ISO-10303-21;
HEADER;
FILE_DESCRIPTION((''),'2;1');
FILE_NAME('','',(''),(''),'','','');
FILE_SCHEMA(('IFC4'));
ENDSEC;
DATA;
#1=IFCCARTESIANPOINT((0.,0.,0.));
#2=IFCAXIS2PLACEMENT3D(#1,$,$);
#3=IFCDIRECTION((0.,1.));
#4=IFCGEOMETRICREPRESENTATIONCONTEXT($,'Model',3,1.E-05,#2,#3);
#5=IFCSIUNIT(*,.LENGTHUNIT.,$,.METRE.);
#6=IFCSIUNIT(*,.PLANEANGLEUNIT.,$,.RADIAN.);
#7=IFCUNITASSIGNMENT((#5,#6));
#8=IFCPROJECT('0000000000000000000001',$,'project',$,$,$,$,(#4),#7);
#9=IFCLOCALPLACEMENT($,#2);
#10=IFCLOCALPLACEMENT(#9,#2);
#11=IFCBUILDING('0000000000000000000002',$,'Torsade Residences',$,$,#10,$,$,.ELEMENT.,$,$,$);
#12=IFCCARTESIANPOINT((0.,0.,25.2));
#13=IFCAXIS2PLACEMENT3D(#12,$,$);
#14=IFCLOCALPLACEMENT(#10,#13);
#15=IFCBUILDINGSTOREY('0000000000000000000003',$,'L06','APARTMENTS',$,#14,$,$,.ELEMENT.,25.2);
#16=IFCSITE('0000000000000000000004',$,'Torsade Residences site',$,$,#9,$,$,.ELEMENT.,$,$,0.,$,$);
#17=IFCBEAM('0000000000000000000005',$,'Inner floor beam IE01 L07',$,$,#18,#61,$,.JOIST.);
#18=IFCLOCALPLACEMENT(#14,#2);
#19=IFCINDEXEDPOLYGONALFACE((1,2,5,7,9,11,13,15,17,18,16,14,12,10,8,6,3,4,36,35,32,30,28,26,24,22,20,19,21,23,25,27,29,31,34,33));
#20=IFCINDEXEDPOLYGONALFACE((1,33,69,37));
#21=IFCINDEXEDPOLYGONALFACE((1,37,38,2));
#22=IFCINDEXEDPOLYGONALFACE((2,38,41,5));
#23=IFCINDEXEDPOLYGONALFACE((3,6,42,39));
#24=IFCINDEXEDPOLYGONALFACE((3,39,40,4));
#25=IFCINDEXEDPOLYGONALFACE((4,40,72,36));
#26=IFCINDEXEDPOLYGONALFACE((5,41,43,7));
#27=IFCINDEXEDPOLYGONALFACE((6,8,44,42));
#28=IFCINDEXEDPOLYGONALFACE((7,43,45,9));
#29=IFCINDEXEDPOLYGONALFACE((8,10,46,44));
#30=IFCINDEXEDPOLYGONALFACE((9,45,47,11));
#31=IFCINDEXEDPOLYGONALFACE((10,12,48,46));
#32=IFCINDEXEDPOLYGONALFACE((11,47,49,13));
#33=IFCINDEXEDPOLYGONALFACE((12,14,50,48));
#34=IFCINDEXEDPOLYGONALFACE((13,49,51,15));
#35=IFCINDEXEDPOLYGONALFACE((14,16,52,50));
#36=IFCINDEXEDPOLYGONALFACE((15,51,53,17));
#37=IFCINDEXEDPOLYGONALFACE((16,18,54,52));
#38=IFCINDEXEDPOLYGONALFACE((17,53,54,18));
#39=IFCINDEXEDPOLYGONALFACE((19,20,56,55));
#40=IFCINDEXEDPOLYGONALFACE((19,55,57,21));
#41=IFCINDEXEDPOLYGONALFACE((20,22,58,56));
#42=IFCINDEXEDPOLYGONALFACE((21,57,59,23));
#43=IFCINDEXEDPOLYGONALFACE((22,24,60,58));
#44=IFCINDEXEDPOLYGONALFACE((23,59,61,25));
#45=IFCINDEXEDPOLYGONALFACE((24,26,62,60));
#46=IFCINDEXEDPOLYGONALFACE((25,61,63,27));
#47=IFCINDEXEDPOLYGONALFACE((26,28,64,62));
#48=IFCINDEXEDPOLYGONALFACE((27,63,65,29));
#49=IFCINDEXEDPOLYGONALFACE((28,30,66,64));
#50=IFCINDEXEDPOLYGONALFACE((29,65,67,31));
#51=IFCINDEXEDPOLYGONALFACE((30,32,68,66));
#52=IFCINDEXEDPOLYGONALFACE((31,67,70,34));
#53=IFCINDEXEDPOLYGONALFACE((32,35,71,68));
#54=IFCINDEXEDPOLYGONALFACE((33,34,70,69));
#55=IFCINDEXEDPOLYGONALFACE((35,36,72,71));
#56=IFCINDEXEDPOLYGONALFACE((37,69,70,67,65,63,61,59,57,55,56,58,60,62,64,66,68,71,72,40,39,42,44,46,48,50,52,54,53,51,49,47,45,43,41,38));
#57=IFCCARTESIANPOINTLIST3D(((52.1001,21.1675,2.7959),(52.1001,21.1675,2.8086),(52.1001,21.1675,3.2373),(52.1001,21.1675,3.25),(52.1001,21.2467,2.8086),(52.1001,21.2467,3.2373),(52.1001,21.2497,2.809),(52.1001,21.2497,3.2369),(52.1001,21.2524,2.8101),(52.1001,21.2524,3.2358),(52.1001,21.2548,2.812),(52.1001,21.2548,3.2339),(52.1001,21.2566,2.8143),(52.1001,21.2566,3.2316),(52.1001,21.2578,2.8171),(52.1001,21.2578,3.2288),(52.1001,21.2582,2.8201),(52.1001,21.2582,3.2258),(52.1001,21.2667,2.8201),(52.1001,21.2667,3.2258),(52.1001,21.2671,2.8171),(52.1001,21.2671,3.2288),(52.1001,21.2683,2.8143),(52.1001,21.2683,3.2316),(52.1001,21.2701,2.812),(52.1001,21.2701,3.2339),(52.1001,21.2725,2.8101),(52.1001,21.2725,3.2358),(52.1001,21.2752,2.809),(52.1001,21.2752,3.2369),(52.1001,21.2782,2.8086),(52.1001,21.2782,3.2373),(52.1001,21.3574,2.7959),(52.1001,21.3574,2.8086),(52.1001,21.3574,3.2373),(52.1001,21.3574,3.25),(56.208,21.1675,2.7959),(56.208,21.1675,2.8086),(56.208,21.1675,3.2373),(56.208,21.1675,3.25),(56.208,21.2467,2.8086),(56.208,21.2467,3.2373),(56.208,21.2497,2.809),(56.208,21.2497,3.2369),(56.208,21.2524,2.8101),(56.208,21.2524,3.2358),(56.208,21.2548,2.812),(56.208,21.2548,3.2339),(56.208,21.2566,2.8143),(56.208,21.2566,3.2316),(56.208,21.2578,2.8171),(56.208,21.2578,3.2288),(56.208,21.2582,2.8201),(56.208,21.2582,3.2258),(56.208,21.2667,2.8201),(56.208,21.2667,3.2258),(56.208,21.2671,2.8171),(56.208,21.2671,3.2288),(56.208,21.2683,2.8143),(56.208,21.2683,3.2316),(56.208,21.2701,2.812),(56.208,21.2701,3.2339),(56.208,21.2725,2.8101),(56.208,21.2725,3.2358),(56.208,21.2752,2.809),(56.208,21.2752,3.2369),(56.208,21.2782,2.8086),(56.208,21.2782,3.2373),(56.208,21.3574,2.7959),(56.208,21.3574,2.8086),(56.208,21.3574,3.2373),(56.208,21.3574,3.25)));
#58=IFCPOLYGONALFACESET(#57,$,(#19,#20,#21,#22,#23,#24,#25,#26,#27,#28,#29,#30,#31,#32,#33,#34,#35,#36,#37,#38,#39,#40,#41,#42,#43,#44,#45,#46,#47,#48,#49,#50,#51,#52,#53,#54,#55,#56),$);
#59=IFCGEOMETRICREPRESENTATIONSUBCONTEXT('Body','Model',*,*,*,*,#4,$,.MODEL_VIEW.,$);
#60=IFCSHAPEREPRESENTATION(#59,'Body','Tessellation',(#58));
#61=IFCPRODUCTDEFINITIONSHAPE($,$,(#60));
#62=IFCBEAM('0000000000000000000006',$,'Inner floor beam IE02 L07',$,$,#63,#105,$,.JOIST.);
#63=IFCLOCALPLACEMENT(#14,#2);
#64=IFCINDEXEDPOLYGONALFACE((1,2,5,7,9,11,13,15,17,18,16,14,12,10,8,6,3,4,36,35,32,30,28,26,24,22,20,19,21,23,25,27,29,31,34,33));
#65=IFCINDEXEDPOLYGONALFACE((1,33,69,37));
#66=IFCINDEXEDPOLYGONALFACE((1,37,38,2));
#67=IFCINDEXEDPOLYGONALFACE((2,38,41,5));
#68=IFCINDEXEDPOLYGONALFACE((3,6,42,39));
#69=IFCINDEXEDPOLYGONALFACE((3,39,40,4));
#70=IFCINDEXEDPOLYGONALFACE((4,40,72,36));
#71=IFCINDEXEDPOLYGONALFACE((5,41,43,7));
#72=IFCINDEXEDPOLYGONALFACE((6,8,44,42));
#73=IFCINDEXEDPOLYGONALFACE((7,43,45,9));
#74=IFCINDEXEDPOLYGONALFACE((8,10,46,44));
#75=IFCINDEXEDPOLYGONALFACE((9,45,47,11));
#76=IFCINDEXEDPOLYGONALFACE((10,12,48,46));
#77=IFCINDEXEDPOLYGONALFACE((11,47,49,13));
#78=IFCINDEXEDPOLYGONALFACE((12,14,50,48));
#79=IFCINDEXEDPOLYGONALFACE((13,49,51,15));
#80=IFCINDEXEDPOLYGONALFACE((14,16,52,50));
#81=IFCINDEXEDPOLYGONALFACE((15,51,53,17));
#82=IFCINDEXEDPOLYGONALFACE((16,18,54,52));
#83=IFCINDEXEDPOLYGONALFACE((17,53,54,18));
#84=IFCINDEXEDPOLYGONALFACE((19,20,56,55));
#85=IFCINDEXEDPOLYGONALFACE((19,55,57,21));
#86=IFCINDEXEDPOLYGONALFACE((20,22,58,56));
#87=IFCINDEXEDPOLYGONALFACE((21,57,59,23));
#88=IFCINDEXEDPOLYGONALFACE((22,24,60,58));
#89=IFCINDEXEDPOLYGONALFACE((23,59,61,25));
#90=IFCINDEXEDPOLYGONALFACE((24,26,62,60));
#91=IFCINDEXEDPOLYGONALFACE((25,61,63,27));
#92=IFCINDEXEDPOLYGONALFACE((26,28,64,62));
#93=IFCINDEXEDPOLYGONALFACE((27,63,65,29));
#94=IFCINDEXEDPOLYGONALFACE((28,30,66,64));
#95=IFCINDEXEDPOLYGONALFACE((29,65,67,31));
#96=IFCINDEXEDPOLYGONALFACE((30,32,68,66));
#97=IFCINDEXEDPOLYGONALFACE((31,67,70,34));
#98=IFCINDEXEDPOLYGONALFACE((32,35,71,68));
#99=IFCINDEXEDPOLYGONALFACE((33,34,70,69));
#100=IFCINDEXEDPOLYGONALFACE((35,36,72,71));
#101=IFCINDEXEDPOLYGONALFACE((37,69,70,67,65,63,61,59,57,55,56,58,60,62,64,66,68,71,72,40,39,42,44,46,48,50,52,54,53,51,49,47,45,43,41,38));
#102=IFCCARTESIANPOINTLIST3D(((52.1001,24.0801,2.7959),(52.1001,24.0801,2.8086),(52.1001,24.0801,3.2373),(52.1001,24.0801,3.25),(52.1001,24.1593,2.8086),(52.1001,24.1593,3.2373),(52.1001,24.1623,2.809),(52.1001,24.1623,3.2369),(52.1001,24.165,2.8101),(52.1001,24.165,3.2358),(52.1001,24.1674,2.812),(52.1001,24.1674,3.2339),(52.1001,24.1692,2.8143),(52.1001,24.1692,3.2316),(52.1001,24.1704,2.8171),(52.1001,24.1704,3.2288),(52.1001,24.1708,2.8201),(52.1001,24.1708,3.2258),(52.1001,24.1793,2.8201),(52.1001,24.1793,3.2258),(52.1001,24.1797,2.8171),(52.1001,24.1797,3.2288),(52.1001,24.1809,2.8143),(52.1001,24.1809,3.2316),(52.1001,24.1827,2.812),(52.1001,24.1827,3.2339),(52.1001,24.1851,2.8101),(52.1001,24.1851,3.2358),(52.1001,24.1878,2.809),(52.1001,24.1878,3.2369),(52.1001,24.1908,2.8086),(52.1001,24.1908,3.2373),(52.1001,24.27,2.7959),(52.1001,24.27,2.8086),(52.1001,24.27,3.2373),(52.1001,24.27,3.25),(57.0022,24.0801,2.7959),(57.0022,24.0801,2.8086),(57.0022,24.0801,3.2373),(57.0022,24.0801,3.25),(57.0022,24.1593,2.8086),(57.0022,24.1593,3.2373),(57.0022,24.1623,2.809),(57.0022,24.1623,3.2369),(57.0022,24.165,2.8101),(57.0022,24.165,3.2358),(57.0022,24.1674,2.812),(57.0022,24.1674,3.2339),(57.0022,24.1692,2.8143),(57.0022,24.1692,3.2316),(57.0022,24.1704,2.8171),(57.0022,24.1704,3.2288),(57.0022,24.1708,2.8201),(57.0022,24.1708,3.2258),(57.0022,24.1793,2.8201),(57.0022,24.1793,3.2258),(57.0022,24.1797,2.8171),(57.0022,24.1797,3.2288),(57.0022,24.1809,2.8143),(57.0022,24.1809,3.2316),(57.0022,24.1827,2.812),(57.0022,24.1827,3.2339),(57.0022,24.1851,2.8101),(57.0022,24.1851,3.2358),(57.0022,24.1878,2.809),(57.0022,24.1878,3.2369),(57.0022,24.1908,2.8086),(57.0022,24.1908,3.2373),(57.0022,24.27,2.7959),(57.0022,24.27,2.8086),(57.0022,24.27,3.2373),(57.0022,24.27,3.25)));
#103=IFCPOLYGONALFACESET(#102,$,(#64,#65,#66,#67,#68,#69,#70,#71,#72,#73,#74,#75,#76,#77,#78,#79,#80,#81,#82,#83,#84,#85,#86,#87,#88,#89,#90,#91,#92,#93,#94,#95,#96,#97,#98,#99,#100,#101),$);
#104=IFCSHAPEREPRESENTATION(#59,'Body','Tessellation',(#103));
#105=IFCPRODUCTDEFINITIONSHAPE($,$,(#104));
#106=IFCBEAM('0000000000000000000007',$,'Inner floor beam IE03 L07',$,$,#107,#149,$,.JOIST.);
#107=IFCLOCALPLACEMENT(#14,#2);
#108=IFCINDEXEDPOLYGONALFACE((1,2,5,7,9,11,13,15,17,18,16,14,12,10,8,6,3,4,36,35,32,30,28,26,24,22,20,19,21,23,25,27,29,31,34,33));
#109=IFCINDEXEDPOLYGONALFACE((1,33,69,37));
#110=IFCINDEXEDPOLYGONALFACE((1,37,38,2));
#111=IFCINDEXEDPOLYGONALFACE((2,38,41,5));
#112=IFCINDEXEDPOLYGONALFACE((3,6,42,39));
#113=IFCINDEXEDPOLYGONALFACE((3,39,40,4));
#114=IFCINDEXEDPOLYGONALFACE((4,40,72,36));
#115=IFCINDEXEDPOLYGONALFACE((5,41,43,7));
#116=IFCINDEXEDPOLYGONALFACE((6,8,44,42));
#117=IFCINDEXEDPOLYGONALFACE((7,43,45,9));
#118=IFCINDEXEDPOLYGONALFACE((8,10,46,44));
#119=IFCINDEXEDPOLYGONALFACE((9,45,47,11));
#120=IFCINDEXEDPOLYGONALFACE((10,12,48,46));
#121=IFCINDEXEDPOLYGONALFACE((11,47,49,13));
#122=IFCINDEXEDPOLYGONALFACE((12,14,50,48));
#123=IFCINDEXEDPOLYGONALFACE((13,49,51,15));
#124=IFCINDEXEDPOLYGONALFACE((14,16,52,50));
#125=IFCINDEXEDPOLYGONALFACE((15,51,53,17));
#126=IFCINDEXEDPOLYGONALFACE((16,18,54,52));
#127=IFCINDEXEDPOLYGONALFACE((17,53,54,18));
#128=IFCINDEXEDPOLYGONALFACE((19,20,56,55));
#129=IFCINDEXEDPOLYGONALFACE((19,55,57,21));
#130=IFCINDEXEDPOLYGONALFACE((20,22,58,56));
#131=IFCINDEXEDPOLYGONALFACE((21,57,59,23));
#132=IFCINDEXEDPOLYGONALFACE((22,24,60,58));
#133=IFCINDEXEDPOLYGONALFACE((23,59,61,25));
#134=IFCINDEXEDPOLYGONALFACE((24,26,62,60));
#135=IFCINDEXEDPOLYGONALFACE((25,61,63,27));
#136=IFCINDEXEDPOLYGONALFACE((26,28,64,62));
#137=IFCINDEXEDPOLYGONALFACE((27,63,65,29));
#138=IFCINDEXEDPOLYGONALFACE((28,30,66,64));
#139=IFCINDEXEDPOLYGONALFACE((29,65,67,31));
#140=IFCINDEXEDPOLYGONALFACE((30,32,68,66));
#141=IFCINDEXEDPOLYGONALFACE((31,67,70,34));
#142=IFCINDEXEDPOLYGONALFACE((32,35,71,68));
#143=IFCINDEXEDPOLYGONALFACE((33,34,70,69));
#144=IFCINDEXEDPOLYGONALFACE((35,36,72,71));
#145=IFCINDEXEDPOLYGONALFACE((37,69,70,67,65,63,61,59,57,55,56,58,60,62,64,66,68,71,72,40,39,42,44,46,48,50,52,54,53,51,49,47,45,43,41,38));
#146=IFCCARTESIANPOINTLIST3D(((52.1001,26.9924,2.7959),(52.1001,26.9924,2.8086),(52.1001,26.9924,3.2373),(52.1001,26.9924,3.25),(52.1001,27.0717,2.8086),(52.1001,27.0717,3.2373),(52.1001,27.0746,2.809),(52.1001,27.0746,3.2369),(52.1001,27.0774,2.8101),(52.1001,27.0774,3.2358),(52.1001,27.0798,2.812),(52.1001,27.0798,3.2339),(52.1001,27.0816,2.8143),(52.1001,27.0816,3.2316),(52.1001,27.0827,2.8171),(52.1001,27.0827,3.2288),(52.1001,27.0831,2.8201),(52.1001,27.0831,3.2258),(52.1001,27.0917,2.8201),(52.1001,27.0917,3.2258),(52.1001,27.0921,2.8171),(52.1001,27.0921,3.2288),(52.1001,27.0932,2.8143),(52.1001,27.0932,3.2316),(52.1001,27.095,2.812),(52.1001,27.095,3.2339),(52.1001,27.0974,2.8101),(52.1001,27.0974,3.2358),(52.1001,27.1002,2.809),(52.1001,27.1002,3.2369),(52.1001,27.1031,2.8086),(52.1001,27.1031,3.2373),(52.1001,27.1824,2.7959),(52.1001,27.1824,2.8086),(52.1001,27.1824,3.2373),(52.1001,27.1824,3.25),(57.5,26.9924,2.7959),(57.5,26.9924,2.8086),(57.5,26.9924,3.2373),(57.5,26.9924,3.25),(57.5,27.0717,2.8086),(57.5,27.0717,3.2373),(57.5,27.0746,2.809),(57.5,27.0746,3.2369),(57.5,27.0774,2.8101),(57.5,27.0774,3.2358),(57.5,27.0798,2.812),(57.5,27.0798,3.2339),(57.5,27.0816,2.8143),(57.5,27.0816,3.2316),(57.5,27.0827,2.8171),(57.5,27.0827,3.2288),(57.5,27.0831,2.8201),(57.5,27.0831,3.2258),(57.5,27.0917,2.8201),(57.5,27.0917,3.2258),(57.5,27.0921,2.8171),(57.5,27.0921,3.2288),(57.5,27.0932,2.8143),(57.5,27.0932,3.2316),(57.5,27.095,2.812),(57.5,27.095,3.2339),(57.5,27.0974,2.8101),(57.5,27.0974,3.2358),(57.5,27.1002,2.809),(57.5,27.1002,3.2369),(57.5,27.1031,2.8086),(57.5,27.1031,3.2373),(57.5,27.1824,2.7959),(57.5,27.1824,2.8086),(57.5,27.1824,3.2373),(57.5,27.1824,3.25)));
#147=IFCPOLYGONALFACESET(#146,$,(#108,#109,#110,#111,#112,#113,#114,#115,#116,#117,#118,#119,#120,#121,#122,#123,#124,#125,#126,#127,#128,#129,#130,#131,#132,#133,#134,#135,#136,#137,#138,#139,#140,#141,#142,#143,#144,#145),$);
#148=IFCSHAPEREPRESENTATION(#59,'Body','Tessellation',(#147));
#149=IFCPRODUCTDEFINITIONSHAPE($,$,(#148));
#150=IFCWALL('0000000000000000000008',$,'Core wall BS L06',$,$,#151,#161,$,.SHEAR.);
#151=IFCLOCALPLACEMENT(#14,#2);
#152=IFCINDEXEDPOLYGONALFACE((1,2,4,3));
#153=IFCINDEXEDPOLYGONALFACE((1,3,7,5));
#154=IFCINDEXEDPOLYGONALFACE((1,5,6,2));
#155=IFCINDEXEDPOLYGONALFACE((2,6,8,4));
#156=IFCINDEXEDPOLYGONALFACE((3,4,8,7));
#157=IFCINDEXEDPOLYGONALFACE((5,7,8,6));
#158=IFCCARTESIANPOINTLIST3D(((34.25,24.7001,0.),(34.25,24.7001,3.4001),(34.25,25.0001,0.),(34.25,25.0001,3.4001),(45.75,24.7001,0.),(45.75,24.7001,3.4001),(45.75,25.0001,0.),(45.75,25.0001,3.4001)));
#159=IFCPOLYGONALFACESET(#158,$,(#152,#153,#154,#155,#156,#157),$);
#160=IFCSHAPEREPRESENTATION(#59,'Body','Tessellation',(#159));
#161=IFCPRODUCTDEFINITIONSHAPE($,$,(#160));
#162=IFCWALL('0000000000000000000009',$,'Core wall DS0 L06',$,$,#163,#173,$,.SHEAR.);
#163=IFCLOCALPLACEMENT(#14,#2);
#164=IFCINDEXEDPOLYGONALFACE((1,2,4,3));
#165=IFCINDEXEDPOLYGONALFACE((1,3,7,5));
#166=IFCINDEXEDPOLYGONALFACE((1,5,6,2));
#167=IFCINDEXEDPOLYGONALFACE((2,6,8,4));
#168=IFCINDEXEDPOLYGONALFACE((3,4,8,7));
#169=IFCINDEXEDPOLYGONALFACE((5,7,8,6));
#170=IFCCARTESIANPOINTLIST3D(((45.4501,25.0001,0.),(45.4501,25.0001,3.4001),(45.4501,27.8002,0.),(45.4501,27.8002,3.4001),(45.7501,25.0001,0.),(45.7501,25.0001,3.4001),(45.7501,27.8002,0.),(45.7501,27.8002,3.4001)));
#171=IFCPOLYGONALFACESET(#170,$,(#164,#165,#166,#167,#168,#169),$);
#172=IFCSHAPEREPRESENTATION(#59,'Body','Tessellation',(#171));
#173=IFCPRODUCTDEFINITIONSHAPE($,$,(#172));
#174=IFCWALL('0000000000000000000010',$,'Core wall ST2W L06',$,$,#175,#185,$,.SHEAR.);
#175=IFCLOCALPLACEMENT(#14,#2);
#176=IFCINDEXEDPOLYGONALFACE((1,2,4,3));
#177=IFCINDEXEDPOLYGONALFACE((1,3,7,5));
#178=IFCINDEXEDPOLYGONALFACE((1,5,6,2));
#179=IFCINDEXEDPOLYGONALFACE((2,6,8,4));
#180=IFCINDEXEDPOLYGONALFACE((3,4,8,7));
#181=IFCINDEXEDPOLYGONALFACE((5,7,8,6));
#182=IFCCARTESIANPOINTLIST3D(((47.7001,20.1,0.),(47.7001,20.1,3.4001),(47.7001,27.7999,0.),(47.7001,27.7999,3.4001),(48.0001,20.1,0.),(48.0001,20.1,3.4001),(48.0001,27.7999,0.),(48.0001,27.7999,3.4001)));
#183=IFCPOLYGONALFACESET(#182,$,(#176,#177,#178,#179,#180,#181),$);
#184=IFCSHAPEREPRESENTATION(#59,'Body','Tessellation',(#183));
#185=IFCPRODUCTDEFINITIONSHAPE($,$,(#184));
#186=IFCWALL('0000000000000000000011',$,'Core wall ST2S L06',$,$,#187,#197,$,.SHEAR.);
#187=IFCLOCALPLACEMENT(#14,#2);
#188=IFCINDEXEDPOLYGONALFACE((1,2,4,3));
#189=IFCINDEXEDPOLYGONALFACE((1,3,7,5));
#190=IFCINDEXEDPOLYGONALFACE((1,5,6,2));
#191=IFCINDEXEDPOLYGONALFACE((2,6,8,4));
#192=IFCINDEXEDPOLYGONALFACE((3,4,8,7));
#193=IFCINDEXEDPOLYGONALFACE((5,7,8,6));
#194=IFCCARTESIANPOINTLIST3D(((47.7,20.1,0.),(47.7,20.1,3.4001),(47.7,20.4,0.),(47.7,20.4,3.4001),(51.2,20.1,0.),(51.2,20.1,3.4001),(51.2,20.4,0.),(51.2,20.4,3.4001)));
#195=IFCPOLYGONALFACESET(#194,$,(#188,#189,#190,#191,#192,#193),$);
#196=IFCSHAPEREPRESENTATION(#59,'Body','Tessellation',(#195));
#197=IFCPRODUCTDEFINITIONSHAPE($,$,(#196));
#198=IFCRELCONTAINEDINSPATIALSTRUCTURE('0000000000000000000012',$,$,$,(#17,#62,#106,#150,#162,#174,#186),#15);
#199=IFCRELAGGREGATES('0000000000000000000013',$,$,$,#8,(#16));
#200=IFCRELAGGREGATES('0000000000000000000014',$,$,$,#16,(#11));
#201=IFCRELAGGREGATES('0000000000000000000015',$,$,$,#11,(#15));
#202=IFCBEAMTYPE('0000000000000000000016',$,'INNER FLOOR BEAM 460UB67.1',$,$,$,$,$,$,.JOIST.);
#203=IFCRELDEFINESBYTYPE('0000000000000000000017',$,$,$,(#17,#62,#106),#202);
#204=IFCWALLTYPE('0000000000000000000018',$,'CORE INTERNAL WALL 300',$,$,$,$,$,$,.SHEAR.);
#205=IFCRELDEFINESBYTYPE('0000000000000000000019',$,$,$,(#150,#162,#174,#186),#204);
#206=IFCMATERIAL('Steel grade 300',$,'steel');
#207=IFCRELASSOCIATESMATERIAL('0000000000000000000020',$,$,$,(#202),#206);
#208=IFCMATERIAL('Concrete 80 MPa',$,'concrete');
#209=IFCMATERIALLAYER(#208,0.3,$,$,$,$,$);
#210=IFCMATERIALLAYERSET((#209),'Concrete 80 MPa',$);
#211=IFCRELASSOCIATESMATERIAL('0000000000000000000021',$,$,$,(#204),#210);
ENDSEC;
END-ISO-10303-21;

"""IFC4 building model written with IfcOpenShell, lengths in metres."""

from ifc_helpers import new_model, si_unit, direction, frame, frame_2d, origin, origin_2d, place, context, subcontext, project, spatial, rectangle, i_section, extrude, material, layer, layer_set, material_profile, profile_set, type_object, element, save


model = new_model("IFC4")

# Units and contexts
model_context = context("Model", 3, precision=1e-05, world=origin(), true_north=direction((0.0, 1.0)))
body_context = subcontext(model_context, "Body", "Model", "MODEL_VIEW")
ifc_project = project(units=[si_unit("LENGTHUNIT", "METRE"), si_unit("PLANEANGLEUNIT", "RADIAN")], contexts=[model_context])

# Site, building, storey
site_placement = place(None, origin())
site = spatial("IfcSite", under=ifc_project, at=site_placement, Name="Torsade Residences site", CompositionType="ELEMENT", RefElevation=0.0)
building_placement = place(site_placement, origin())
building = spatial("IfcBuilding", under=site, at=building_placement, Name="Torsade Residences", CompositionType="ELEMENT")
storey_placement = place(building_placement, frame((0.0, 0.0, 25.2)))
storey = spatial("IfcBuildingStorey", under=building, at=storey_placement, Name="L06", Description="APARTMENTS", CompositionType="ELEMENT", Elevation=25.2)

# Beams
ifc_material_1 = material(Name="Steel grade 300", Category="steel")
ifc_material_profile = material_profile(ifc_material_1, i_section(OverallWidth=0.1899, OverallDepth=0.4541, WebThickness=0.0085, FlangeThickness=0.0127, FilletRadius=0.0115, at=origin_2d()), Name="460UB67.1")
ifc_profile_set = profile_set([ifc_material_profile], Name="Steel grade 300")
beam_type = type_object("IfcBeamType", Name="INNER FLOOR BEAM 460UB67.1", PredefinedType="JOIST", material=ifc_profile_set)
beam_1_placement = place(storey_placement, frame((52.1001, 21.2625, 3.0229), z_axis=(1.0, 0.0, 0.0), x_axis=(0.0, 1.0, 0.0)))
element("IfcBeam", 1, at=beam_1_placement, inside=storey, type_object=beam_type, Name="Inner floor beam IE01 L07", PredefinedType="JOIST", context=body_context, shape_type="SweptSolid", body=[
    extrude(i_section(OverallWidth=0.1899, OverallDepth=0.4541, WebThickness=0.0085, FlangeThickness=0.0127, FilletRadius=0.0115, at=origin_2d()), origin(), (0.0, 0.0, 1.0), 4.1079),
])
beam_2_placement = place(storey_placement, frame((52.1001, 24.175, 3.0229), z_axis=(1.0, 0.0, 0.0), x_axis=(0.0, 1.0, 0.0)))
element("IfcBeam", 2, at=beam_2_placement, inside=storey, type_object=beam_type, Name="Inner floor beam IE02 L07", PredefinedType="JOIST", context=body_context, shape_type="SweptSolid", body=[
    extrude(i_section(OverallWidth=0.1899, OverallDepth=0.4541, WebThickness=0.0085, FlangeThickness=0.0127, FilletRadius=0.0115, at=origin_2d()), origin(), (0.0, 0.0, 1.0), 4.9021),
])
beam_3_placement = place(storey_placement, frame((52.1001, 27.0874, 3.0229), z_axis=(1.0, 0.0, 0.0), x_axis=(0.0, 1.0, 0.0)))
element("IfcBeam", 3, at=beam_3_placement, inside=storey, type_object=beam_type, Name="Inner floor beam IE03 L07", PredefinedType="JOIST", context=body_context, shape_type="SweptSolid", body=[
    extrude(i_section(OverallWidth=0.1899, OverallDepth=0.4541, WebThickness=0.0085, FlangeThickness=0.0127, FilletRadius=0.0115, at=origin_2d()), origin(), (0.0, 0.0, 1.0), 5.3999),
])

# Walls
ifc_material_2 = material(Name="Concrete 80 MPa", Category="concrete")
ifc_layer_1 = layer(ifc_material_2, 0.3)
ifc_layer_set_1 = layer_set([ifc_layer_1], Name="Concrete 80 MPa")
wall_type_1 = type_object("IfcWallType", Name="CORE INTERNAL WALL 300", PredefinedType="SHEAR", material=ifc_layer_set_1)
wall_1_placement = place(storey_placement, frame((45.75, 24.8501, 0.0), z_axis=(0.0, 0.0, 1.0), x_axis=(-1.0, 0.0, 0.0)))
element("IfcWall", 4, at=wall_1_placement, inside=storey, type_object=wall_type_1, Name="Core wall BS L06", PredefinedType="SHEAR", context=body_context, shape_type="SweptSolid", body=[
    extrude(rectangle(XDim=11.5, YDim=0.3, at=frame_2d((5.75, 0.0))), origin(), (0.0, 0.0, 1.0), 3.4001),
])
wall_2_placement = place(storey_placement, frame((45.6001, 27.8, 0.0), z_axis=(0.0, 0.0, 1.0), x_axis=(0.0, -1.0, 0.0)))
element("IfcWall", 5, at=wall_2_placement, inside=storey, type_object=wall_type_1, Name="Core wall DS0 L06", PredefinedType="SHEAR", context=body_context, shape_type="SweptSolid", body=[
    extrude(rectangle(XDim=2.8, YDim=0.3, at=frame_2d((1.3999, 0.0))), origin(), (0.0, 0.0, 1.0), 3.4001),
])
wall_3_placement = place(storey_placement, frame((47.8501, 27.8, 0.0), z_axis=(0.0, 0.0, 1.0), x_axis=(0.0, -1.0, 0.0)))
element("IfcWall", 6, at=wall_3_placement, inside=storey, type_object=wall_type_1, Name="Core wall ST2W L06", PredefinedType="SHEAR", context=body_context, shape_type="SweptSolid", body=[
    extrude(rectangle(XDim=7.7, YDim=0.3, at=frame_2d((3.8501, 0.0))), origin(), (0.0, 0.0, 1.0), 3.4001),
])
wall_4_placement = place(storey_placement, frame((51.2, 20.25, 0.0), z_axis=(0.0, 0.0, 1.0), x_axis=(-1.0, 0.0, 0.0)))
element("IfcWall", 7, at=wall_4_placement, inside=storey, type_object=wall_type_1, Name="Core wall ST2S L06", PredefinedType="SHEAR", context=body_context, shape_type="SweptSolid", body=[
    extrude(rectangle(XDim=3.5, YDim=0.3, at=frame_2d((1.75, 0.0))), origin(), (0.0, 0.0, 1.0), 3.4001),
])

save(model, "model.ifc")
